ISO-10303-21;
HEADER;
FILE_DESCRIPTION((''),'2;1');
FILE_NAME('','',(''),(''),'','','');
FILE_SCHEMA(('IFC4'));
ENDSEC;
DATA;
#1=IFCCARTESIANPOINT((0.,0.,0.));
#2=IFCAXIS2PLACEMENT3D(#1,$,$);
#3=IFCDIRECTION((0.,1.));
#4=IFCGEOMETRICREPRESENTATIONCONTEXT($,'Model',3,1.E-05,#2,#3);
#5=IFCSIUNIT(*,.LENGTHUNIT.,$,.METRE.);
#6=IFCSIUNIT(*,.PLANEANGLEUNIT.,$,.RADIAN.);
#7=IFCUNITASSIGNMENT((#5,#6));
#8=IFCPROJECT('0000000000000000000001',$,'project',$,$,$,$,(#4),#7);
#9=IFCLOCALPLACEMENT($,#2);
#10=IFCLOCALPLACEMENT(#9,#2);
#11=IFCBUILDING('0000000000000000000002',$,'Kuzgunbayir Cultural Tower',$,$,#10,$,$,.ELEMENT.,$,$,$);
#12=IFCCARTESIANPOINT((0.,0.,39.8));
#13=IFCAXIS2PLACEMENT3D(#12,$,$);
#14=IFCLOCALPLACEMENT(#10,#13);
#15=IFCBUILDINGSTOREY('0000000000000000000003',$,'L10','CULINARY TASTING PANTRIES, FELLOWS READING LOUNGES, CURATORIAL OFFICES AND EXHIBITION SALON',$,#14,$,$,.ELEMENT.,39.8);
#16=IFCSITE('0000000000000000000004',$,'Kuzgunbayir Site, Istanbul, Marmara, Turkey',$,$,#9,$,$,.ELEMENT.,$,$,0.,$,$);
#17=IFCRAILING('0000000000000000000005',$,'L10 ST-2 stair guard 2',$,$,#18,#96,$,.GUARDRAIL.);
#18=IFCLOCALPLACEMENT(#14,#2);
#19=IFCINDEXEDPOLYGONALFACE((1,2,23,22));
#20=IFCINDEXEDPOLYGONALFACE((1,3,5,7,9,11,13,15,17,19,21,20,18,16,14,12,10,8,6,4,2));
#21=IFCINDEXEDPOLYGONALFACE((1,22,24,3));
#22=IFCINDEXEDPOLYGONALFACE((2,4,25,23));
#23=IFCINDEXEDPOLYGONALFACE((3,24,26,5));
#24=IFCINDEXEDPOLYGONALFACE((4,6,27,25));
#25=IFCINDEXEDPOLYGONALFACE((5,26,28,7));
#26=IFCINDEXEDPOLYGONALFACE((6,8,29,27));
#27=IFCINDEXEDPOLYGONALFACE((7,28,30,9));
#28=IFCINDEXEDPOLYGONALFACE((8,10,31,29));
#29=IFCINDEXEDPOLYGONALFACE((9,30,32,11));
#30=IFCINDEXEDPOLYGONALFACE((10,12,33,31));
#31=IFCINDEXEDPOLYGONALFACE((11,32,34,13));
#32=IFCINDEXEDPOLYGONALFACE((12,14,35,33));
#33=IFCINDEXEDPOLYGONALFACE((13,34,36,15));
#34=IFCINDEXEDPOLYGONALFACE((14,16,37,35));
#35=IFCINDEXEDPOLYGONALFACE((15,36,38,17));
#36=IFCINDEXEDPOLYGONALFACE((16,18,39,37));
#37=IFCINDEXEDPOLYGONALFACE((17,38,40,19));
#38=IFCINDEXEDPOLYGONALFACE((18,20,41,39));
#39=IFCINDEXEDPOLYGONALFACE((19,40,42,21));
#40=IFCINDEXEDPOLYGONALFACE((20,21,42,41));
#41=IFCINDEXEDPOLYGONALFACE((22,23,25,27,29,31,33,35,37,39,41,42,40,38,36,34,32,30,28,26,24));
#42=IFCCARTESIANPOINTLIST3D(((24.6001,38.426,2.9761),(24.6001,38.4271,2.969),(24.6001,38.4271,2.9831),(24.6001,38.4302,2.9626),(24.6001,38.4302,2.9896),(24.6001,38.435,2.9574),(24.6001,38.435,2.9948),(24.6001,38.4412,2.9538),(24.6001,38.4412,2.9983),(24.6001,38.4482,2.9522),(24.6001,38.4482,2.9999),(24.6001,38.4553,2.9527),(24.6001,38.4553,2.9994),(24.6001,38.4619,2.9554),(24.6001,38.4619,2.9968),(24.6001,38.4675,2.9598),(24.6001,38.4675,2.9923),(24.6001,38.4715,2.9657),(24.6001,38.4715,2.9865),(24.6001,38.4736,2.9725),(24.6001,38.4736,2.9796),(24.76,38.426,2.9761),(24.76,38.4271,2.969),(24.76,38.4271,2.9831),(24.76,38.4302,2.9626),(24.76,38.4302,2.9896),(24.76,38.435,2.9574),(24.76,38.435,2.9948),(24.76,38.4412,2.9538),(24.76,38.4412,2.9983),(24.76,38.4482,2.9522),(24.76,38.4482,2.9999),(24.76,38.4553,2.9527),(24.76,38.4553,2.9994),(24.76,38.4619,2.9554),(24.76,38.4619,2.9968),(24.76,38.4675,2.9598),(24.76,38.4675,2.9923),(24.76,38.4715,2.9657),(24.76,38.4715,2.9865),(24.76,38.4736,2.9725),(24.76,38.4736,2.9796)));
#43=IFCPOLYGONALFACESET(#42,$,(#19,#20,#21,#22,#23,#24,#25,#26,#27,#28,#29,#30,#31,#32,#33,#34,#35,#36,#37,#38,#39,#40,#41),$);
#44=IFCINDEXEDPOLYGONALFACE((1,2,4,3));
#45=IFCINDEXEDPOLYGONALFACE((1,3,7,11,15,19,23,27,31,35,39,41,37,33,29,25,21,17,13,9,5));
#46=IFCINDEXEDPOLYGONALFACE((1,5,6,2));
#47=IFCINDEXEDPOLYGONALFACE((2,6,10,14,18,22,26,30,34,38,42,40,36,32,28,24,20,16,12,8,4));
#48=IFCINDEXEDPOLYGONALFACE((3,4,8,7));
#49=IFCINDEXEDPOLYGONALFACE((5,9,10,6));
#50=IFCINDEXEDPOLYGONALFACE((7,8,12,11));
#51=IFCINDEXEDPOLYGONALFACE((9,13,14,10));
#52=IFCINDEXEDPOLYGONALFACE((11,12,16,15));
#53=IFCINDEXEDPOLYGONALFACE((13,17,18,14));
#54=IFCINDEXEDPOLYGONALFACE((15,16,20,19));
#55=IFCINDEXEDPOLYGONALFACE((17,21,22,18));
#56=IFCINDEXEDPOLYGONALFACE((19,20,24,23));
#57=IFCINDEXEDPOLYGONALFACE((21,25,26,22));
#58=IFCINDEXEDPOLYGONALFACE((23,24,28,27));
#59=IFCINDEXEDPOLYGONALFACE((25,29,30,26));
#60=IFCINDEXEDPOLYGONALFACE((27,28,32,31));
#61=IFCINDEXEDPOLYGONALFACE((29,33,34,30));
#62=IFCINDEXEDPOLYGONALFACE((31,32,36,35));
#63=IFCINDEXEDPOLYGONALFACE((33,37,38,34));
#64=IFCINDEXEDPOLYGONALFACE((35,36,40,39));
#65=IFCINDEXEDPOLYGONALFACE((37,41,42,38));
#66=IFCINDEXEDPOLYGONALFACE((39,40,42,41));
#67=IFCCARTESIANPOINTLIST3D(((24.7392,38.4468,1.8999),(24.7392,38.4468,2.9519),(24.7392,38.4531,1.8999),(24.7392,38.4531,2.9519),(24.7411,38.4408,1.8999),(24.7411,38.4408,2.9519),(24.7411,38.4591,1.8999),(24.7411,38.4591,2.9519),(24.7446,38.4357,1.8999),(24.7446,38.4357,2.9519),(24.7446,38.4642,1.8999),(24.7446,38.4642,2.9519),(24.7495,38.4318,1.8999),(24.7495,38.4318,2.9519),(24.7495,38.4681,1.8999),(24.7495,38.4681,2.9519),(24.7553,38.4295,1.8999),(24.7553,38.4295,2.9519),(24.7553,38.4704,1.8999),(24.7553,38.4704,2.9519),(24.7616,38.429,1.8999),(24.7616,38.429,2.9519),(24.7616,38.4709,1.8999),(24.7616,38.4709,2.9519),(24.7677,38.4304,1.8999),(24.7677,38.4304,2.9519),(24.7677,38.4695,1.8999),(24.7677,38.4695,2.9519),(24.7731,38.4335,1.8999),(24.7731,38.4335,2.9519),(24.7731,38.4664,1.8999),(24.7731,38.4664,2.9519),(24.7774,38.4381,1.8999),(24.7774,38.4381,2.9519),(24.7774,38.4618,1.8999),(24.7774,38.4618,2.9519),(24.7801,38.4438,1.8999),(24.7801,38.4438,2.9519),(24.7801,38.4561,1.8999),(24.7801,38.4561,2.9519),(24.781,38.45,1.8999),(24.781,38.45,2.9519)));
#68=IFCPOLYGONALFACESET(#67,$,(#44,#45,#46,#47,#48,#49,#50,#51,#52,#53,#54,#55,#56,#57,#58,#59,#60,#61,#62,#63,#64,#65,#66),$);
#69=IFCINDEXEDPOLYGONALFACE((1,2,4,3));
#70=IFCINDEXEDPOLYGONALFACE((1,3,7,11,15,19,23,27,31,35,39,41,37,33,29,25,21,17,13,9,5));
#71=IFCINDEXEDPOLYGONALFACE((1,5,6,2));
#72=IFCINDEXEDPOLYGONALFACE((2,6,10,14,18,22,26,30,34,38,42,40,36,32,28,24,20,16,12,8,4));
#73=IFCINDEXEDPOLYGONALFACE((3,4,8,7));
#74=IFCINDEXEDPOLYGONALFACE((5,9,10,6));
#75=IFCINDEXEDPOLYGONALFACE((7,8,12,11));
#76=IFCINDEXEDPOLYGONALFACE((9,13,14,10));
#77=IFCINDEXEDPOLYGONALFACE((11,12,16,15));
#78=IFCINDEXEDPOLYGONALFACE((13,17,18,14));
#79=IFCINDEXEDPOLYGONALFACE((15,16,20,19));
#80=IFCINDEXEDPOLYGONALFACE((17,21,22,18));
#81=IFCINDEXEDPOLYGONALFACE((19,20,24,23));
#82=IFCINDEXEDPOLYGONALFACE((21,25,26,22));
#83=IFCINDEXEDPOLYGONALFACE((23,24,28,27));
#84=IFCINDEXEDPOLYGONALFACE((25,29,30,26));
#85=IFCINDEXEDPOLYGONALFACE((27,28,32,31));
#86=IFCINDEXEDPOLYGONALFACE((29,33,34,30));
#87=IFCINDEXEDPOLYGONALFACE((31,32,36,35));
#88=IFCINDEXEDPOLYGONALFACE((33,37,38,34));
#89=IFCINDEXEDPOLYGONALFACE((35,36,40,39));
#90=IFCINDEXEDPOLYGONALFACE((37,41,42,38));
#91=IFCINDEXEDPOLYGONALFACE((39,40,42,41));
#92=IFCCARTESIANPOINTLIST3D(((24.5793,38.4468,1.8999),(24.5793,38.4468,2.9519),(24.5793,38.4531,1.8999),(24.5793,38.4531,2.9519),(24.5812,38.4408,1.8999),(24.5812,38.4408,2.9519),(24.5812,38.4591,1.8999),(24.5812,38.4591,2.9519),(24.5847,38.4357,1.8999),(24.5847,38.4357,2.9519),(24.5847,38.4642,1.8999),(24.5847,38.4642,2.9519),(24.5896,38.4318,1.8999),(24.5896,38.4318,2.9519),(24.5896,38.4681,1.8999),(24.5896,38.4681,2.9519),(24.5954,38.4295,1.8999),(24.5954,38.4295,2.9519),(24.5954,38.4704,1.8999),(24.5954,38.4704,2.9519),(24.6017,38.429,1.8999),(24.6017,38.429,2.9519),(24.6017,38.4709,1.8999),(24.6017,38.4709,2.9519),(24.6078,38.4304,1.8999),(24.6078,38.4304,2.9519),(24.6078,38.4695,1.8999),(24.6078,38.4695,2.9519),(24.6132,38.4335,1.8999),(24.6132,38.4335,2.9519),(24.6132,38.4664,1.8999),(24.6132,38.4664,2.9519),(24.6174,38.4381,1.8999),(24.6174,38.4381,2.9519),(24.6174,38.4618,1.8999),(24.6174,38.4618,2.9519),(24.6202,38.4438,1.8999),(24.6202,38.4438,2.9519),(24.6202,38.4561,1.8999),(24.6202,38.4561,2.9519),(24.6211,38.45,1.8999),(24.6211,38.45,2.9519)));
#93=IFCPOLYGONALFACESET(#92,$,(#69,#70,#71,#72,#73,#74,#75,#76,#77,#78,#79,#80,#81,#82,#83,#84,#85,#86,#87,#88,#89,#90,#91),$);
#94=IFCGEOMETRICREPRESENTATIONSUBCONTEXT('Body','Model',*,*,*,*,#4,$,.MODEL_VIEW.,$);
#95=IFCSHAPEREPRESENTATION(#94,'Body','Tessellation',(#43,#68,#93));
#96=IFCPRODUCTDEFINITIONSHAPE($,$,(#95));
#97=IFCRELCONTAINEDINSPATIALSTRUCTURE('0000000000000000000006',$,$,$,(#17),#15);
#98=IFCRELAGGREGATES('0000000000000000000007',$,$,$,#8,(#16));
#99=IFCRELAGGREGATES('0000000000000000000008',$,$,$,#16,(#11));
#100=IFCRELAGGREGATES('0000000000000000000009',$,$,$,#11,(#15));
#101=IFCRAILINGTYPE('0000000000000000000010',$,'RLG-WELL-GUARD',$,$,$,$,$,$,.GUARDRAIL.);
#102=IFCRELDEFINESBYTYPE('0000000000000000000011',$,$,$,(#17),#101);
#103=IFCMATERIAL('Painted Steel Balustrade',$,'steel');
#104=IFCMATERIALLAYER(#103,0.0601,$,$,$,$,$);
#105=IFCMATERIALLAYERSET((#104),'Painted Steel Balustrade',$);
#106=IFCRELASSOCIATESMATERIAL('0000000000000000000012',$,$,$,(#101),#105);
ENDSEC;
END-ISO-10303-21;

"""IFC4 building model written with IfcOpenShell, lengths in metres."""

from ifc_helpers import new_model, si_unit, direction, frame, origin, origin_2d, place, context, subcontext, project, spatial, circle, extrude, material, layer, layer_set, type_object, element, save


model = new_model("IFC4")

# Units and contexts
model_context = context("Model", 3, precision=1e-05, world=origin(), true_north=direction((0.0, 1.0)))
body_context = subcontext(model_context, "Body", "Model", "MODEL_VIEW")
ifc_project = project(units=[si_unit("LENGTHUNIT", "METRE"), si_unit("PLANEANGLEUNIT", "RADIAN")], contexts=[model_context])

# Site, building, storey
site_placement = place(None, origin())
site = spatial("IfcSite", under=ifc_project, at=site_placement, Name="Kuzgunbayir Site, Istanbul, Marmara, Turkey", CompositionType="ELEMENT", RefElevation=0.0)
building_placement = place(site_placement, origin())
building = spatial("IfcBuilding", under=site, at=building_placement, Name="Kuzgunbayir Cultural Tower", CompositionType="ELEMENT")
storey_placement = place(building_placement, frame((0.0, 0.0, 39.8)))
storey = spatial("IfcBuildingStorey", under=building, at=storey_placement, Name="L10", Description="CULINARY TASTING PANTRIES, FELLOWS READING LOUNGES, CURATORIAL OFFICES AND EXHIBITION SALON", CompositionType="ELEMENT", Elevation=39.8)

# Railing
ifc_material_1 = material(Name="Painted Steel Balustrade", Category="steel")
ifc_layer_1 = layer(ifc_material_1, 0.0601)
ifc_layer_set_1 = layer_set([ifc_layer_1], Name="Painted Steel Balustrade")
railing_type_1 = type_object("IfcRailingType", Name="RLG-WELL-GUARD", PredefinedType="GUARDRAIL", material=ifc_layer_set_1)
railing_1_placement = place(storey_placement, frame((24.76, 38.45, 1.8999)))
element("IfcRailing", 1, at=railing_1_placement, inside=storey, type_object=railing_type_1, Name="L10 ST-2 stair guard 2", PredefinedType="GUARDRAIL", context=body_context, shape_type="SweptSolid", body=[
    extrude(circle(Radius=0.0239, at=origin_2d()), frame((0.0, 0.0, 1.0762), z_axis=(-1.0, 0.0, 0.0), x_axis=(0.0, -1.0, 0.0)), (0.0, 0.0, 1.0), 0.1599),
    extrude(circle(Radius=0.021, at=origin_2d()), origin(), (0.0, 0.0, 1.0), 1.052),
    extrude(circle(Radius=0.021, at=origin_2d()), frame((-0.1599, 0.0, 0.0)), (0.0, 0.0, 1.0), 1.052),
])

save(model, "model.ifc")
